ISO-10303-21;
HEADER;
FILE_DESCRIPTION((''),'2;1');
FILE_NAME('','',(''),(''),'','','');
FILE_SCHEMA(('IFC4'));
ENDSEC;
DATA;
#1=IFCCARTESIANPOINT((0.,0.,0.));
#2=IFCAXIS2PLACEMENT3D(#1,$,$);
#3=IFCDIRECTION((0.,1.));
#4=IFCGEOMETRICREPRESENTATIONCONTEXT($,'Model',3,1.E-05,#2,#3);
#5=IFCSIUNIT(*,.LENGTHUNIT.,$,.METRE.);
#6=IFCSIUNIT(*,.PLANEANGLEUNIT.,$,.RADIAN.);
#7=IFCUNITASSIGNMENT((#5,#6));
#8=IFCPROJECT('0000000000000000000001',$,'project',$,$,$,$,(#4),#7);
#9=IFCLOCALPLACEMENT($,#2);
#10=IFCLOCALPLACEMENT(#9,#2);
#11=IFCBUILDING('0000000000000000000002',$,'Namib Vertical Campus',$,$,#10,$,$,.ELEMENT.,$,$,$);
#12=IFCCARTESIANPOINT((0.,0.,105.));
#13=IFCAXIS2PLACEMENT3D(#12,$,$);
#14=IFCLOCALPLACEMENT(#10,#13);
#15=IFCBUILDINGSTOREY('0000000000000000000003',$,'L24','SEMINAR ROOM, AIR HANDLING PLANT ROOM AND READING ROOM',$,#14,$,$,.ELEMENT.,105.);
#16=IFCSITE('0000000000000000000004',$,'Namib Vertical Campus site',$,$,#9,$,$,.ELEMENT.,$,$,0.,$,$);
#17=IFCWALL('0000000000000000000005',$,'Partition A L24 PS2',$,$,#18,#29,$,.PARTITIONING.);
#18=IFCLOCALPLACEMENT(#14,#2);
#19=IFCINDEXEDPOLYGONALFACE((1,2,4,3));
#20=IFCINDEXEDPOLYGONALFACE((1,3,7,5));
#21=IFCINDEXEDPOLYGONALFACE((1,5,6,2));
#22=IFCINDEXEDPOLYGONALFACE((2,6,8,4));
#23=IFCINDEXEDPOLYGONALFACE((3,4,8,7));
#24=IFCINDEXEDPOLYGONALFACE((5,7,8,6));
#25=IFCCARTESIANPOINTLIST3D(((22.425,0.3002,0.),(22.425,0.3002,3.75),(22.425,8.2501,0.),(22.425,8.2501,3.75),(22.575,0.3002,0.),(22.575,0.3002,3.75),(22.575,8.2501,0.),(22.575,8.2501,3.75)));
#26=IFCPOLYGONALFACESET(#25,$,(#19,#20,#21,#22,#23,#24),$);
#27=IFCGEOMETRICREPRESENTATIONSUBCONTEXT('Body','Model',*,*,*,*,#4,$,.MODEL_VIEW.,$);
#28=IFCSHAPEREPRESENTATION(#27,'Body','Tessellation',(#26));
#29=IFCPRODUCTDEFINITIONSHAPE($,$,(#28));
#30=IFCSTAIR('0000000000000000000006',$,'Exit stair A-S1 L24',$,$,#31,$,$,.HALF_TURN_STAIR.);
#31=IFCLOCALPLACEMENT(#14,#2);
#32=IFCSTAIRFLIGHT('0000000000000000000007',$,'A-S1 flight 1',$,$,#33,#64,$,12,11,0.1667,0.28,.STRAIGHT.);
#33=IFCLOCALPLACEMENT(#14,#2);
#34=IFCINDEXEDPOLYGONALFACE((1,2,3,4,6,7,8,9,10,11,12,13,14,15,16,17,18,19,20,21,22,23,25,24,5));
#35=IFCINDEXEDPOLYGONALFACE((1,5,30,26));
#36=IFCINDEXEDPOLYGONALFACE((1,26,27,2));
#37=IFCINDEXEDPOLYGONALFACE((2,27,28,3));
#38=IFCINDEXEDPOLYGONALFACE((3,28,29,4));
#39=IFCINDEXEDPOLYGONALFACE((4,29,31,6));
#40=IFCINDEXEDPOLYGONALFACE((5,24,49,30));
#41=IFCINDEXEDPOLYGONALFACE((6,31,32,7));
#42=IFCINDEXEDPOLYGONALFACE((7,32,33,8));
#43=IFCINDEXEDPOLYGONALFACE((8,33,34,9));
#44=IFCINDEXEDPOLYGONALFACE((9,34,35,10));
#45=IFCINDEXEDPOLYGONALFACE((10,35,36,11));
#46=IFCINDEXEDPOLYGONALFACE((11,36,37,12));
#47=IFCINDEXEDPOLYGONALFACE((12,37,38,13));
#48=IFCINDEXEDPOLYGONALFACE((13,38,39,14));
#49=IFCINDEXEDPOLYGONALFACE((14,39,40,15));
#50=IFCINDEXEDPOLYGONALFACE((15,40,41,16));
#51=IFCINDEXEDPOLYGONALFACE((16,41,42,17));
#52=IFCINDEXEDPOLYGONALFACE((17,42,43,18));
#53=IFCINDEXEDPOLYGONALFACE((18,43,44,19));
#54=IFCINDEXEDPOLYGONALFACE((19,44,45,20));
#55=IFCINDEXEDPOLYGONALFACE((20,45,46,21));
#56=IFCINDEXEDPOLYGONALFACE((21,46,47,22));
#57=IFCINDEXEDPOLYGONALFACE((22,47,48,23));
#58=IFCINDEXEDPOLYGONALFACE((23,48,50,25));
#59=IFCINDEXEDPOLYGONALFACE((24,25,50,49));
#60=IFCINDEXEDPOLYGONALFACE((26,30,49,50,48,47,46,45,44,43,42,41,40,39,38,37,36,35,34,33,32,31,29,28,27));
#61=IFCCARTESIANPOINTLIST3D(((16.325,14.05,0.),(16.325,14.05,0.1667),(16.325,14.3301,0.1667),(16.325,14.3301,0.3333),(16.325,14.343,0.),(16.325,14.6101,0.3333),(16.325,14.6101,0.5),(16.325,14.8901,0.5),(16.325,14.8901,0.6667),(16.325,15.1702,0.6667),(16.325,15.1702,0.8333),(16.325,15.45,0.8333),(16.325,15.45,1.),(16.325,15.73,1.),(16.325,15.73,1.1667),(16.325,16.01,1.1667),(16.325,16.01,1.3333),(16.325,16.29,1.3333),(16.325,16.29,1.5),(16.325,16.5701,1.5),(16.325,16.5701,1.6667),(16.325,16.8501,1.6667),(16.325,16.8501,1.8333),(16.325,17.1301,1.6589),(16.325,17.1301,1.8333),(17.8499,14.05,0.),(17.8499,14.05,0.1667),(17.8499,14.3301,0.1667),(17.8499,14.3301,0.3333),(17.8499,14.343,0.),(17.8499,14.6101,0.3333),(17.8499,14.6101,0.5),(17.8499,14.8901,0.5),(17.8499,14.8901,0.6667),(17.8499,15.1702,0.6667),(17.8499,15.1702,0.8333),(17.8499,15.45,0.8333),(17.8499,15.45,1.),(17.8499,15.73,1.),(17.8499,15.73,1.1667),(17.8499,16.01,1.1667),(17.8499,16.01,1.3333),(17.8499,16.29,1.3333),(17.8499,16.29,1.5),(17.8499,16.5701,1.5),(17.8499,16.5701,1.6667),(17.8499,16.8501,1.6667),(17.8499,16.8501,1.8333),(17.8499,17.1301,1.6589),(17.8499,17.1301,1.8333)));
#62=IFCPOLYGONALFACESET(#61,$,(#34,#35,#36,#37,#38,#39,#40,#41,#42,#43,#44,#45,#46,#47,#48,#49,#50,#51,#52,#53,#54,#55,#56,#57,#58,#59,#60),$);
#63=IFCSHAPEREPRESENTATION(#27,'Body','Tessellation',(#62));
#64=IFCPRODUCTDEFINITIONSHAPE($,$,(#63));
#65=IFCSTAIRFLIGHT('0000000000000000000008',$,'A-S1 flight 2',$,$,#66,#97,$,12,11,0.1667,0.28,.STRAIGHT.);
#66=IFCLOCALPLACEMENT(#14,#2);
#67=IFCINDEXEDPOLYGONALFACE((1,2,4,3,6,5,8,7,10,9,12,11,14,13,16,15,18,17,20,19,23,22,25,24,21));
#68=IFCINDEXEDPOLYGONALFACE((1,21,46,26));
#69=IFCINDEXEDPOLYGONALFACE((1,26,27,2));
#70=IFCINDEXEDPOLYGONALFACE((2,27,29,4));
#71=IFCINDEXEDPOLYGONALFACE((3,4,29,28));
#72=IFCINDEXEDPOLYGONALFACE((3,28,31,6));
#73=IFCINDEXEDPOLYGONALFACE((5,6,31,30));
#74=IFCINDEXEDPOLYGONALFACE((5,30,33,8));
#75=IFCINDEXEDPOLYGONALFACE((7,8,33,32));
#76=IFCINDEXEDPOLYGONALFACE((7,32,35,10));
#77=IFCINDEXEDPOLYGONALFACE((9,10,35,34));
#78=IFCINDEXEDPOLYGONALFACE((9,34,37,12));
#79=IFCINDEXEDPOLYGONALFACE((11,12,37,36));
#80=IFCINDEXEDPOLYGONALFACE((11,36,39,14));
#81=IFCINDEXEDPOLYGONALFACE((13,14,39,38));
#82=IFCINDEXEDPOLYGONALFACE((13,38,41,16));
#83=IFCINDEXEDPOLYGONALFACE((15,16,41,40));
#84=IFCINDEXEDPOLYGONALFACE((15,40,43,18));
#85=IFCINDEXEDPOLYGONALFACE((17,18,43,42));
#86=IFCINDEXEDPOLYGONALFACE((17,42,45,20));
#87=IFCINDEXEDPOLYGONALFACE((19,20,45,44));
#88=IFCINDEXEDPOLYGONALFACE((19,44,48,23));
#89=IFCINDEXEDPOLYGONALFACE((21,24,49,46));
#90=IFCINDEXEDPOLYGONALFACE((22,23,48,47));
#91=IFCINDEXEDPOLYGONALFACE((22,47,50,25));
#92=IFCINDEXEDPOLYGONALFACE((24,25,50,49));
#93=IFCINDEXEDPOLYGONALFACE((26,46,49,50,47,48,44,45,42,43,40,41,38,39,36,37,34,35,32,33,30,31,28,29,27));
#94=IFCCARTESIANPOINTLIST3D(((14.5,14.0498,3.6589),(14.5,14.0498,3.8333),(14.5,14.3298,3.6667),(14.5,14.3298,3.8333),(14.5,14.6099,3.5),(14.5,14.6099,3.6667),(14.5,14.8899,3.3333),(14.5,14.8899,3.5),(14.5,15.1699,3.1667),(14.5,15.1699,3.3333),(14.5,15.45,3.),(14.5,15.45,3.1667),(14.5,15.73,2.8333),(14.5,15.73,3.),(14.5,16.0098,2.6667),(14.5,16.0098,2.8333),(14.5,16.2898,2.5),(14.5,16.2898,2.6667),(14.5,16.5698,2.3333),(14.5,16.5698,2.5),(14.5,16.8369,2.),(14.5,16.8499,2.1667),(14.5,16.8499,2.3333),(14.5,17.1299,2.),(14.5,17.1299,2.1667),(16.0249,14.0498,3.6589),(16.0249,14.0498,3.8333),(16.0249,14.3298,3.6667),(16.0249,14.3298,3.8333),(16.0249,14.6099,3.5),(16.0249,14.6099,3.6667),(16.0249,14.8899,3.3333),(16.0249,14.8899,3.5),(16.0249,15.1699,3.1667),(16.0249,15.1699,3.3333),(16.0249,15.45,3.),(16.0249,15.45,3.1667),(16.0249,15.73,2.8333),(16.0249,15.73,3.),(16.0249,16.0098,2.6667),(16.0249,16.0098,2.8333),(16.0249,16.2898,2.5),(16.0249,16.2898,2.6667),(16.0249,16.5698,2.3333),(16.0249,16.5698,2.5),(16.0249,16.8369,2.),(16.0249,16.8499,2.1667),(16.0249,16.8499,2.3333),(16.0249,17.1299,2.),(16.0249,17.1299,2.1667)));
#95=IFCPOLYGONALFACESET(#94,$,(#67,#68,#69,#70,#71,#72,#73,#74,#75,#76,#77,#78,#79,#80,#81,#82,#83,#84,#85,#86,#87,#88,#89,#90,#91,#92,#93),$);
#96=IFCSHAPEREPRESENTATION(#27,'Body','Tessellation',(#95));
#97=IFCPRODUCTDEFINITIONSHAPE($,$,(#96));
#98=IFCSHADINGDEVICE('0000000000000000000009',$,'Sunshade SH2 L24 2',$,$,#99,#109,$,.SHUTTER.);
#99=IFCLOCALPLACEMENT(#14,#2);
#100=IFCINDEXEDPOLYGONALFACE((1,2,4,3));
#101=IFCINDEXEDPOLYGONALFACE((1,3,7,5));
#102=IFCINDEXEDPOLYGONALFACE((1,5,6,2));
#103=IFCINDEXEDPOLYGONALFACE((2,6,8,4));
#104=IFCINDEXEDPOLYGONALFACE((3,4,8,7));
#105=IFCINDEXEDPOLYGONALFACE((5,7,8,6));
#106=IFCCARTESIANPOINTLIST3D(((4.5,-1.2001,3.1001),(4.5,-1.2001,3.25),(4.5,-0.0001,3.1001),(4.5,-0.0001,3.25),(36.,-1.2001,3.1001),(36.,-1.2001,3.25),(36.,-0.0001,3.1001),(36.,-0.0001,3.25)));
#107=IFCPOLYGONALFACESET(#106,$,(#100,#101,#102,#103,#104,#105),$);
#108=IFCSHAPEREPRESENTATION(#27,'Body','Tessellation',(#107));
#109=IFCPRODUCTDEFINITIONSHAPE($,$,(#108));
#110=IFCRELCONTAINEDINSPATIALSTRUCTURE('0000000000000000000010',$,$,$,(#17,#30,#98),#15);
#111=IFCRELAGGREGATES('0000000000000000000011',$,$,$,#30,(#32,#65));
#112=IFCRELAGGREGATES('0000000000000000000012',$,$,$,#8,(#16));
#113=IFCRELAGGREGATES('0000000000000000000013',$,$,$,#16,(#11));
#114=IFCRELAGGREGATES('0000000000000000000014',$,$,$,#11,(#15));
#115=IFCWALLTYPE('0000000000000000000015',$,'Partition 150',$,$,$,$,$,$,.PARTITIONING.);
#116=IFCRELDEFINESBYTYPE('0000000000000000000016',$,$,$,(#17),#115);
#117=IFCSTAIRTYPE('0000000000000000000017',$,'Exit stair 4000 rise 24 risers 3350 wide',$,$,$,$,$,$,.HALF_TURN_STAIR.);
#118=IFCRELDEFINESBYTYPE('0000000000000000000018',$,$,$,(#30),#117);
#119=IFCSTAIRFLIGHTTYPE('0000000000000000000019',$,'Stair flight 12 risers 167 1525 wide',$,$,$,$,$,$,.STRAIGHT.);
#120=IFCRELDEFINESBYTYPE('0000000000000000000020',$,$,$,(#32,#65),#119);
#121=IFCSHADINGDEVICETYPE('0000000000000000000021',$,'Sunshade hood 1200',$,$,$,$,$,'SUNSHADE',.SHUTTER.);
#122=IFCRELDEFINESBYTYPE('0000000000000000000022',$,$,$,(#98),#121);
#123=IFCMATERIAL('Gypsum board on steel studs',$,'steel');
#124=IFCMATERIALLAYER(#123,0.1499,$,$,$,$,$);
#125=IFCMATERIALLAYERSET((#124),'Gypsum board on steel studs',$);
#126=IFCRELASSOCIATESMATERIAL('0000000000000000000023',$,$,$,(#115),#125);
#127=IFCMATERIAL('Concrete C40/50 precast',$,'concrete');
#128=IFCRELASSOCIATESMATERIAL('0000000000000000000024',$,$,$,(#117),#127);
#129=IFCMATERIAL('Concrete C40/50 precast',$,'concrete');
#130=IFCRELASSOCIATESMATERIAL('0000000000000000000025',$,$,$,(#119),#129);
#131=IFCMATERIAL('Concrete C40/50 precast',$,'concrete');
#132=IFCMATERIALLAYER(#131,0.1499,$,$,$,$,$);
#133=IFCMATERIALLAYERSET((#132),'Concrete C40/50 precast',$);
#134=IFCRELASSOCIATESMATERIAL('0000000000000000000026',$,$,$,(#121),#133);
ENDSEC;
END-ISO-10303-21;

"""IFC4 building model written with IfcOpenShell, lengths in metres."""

from ifc_helpers import new_model, si_unit, direction, frame, frame_2d, origin, origin_2d, place, context, subcontext, project, spatial, polyline, rectangle, outline, extrude, material, layer, layer_set, type_object, element, aggregate, save


model = new_model("IFC4")

# Units and contexts
model_context = context("Model", 3, precision=1e-05, world=origin(), true_north=direction((0.0, 1.0)))
body_context = subcontext(model_context, "Body", "Model", "MODEL_VIEW")
ifc_project = project(units=[si_unit("LENGTHUNIT", "METRE"), si_unit("PLANEANGLEUNIT", "RADIAN")], contexts=[model_context])

# Site, building, storey
site_placement = place(None, origin())
site = spatial("IfcSite", under=ifc_project, at=site_placement, Name="Namib Vertical Campus site", CompositionType="ELEMENT", RefElevation=0.0)
building_placement = place(site_placement, origin())
building = spatial("IfcBuilding", under=site, at=building_placement, Name="Namib Vertical Campus", CompositionType="ELEMENT")
storey_placement = place(building_placement, frame((0.0, 0.0, 105.0)))
storey = spatial("IfcBuildingStorey", under=building, at=storey_placement, Name="L24", Description="SEMINAR ROOM, AIR HANDLING PLANT ROOM AND READING ROOM", CompositionType="ELEMENT", Elevation=105.0)

# Wall
ifc_material_1 = material(Name="Gypsum board on steel studs", Category="steel")
ifc_layer_1 = layer(ifc_material_1, 0.1499)
ifc_layer_set_1 = layer_set([ifc_layer_1], Name="Gypsum board on steel studs")
wall_type_1 = type_object("IfcWallType", Name="Partition 150", PredefinedType="PARTITIONING", material=ifc_layer_set_1)
wall_1_placement = place(storey_placement, frame((22.5, 0.3, 0.0), z_axis=(0.0, 0.0, 1.0), x_axis=(0.0, 1.0, 0.0)))
element("IfcWall", 1, at=wall_1_placement, inside=storey, type_object=wall_type_1, Name="Partition A L24 PS2", PredefinedType="PARTITIONING", context=body_context, shape_type="SweptSolid", body=[
    extrude(rectangle(XDim=7.95, YDim=0.1499, at=frame_2d((3.9751, 0.0))), origin(), (0.0, 0.0, 1.0), 3.75),
])

# Stair, stair flights
ifc_material_2 = material(Name="Concrete C40/50 precast", Category="concrete")
stair_type = type_object("IfcStairType", Name="Exit stair 4000 rise 24 risers 3350 wide", PredefinedType="HALF_TURN_STAIR", material=ifc_material_2)
stair_placement = place(storey_placement, origin())
stair = element("IfcStair", 2, at=stair_placement, inside=storey, type_object=stair_type, Name="Exit stair A-S1 L24", PredefinedType="HALF_TURN_STAIR")
ifc_material_3 = material(Name="Concrete C40/50 precast", Category="concrete")
stair_flight_type = type_object("IfcStairFlightType", Name="Stair flight 12 risers 167 1525 wide", PredefinedType="STRAIGHT", material=ifc_material_3)
stair_flight_1_placement = place(storey_placement, frame((17.0874, 14.05, 0.0), z_axis=(0.0, 0.0, 1.0), x_axis=(0.0, 1.0, 0.0)))
stair_flight_1 = element("IfcStairFlight", 3, at=stair_flight_1_placement, type_object=stair_flight_type, Name="A-S1 flight 1", NumberOfRisers=12, NumberOfTreads=11, PredefinedType="STRAIGHT", RiserHeight=0.1667, TreadLength=0.28, context=body_context, shape_type="SweptSolid", body=[
    extrude(outline(polyline([(0.0, 0.0), (0.0, 0.1667), (0.28, 0.1667), (0.28, 0.3333), (0.5601, 0.3333), (0.5601, 0.5), (0.8401, 0.5), (0.8401, 0.6667), (1.1201, 0.6667), (1.1201, 0.8333), (1.3999, 0.8333), (1.3999, 1.0), (1.6799, 1.0), (1.6799, 1.1667), (1.96, 1.1667), (1.96, 1.3333), (2.24, 1.3333), (2.24, 1.5), (2.52, 1.5), (2.52, 1.6667), (2.8, 1.6667), (2.8, 1.8333), (3.0801, 1.8333), (3.0801, 2.0), (3.0801, 1.6589), (0.293, 0.0), (0.0, 0.0)])), frame((0.0, 0.7625, 0.0), z_axis=(0.0, -1.0, 0.0), x_axis=(1.0, 0.0, 0.0)), (0.0, 0.0, 1.0), 1.5249),
])
stair_flight_2_placement = place(storey_placement, frame((15.2625, 17.1299, 2.0), z_axis=(0.0, 0.0, 1.0), x_axis=(0.0, -1.0, 0.0)))
stair_flight_2 = element("IfcStairFlight", 4, at=stair_flight_2_placement, type_object=stair_flight_type, Name="A-S1 flight 2", NumberOfRisers=12, NumberOfTreads=11, PredefinedType="STRAIGHT", RiserHeight=0.1667, TreadLength=0.28, context=body_context, shape_type="SweptSolid", body=[
    extrude(outline(polyline([(0.0, 0.0), (0.0, 0.1667), (0.28, 0.1667), (0.28, 0.3333), (0.5601, 0.3333), (0.5601, 0.5), (0.8401, 0.5), (0.8401, 0.6667), (1.1201, 0.6667), (1.1201, 0.8333), (1.3999, 0.8333), (1.3999, 1.0), (1.6799, 1.0), (1.6799, 1.1667), (1.96, 1.1667), (1.96, 1.3333), (2.24, 1.3333), (2.24, 1.5), (2.52, 1.5), (2.52, 1.6667), (2.8, 1.6667), (2.8, 1.8333), (3.0801, 1.8333), (3.0801, 2.0), (3.0801, 1.6589), (0.293, 0.0), (0.0, 0.0)])), frame((0.0, 0.7625, 0.0), z_axis=(0.0, -1.0, 0.0), x_axis=(1.0, 0.0, 0.0)), (0.0, 0.0, 1.0), 1.5249),
])
aggregate(stair, [stair_flight_1, stair_flight_2])

# Shading device
ifc_material_4 = material(Name="Concrete C40/50 precast", Category="concrete")
ifc_layer_2 = layer(ifc_material_4, 0.1499)
ifc_layer_set_2 = layer_set([ifc_layer_2], Name="Concrete C40/50 precast")
shading_device_type = type_object("IfcShadingDeviceType", Name="Sunshade hood 1200", ElementType="SUNSHADE", PredefinedType="SHUTTER", material=ifc_layer_set_2)
shading_device_placement = place(storey_placement, frame((20.25, -0.6001, 3.1001), z_axis=(0.0, 0.0, 1.0), x_axis=(1.0, 0.0, 0.0)))
element("IfcShadingDevice", 5, at=shading_device_placement, inside=storey, type_object=shading_device_type, Name="Sunshade SH2 L24 2", PredefinedType="SHUTTER", context=body_context, shape_type="SweptSolid", body=[
    extrude(rectangle(XDim=31.5, YDim=1.2, at=origin_2d()), origin(), (0.0, 0.0, 1.0), 0.1499),
])

save(model, "model.ifc")
